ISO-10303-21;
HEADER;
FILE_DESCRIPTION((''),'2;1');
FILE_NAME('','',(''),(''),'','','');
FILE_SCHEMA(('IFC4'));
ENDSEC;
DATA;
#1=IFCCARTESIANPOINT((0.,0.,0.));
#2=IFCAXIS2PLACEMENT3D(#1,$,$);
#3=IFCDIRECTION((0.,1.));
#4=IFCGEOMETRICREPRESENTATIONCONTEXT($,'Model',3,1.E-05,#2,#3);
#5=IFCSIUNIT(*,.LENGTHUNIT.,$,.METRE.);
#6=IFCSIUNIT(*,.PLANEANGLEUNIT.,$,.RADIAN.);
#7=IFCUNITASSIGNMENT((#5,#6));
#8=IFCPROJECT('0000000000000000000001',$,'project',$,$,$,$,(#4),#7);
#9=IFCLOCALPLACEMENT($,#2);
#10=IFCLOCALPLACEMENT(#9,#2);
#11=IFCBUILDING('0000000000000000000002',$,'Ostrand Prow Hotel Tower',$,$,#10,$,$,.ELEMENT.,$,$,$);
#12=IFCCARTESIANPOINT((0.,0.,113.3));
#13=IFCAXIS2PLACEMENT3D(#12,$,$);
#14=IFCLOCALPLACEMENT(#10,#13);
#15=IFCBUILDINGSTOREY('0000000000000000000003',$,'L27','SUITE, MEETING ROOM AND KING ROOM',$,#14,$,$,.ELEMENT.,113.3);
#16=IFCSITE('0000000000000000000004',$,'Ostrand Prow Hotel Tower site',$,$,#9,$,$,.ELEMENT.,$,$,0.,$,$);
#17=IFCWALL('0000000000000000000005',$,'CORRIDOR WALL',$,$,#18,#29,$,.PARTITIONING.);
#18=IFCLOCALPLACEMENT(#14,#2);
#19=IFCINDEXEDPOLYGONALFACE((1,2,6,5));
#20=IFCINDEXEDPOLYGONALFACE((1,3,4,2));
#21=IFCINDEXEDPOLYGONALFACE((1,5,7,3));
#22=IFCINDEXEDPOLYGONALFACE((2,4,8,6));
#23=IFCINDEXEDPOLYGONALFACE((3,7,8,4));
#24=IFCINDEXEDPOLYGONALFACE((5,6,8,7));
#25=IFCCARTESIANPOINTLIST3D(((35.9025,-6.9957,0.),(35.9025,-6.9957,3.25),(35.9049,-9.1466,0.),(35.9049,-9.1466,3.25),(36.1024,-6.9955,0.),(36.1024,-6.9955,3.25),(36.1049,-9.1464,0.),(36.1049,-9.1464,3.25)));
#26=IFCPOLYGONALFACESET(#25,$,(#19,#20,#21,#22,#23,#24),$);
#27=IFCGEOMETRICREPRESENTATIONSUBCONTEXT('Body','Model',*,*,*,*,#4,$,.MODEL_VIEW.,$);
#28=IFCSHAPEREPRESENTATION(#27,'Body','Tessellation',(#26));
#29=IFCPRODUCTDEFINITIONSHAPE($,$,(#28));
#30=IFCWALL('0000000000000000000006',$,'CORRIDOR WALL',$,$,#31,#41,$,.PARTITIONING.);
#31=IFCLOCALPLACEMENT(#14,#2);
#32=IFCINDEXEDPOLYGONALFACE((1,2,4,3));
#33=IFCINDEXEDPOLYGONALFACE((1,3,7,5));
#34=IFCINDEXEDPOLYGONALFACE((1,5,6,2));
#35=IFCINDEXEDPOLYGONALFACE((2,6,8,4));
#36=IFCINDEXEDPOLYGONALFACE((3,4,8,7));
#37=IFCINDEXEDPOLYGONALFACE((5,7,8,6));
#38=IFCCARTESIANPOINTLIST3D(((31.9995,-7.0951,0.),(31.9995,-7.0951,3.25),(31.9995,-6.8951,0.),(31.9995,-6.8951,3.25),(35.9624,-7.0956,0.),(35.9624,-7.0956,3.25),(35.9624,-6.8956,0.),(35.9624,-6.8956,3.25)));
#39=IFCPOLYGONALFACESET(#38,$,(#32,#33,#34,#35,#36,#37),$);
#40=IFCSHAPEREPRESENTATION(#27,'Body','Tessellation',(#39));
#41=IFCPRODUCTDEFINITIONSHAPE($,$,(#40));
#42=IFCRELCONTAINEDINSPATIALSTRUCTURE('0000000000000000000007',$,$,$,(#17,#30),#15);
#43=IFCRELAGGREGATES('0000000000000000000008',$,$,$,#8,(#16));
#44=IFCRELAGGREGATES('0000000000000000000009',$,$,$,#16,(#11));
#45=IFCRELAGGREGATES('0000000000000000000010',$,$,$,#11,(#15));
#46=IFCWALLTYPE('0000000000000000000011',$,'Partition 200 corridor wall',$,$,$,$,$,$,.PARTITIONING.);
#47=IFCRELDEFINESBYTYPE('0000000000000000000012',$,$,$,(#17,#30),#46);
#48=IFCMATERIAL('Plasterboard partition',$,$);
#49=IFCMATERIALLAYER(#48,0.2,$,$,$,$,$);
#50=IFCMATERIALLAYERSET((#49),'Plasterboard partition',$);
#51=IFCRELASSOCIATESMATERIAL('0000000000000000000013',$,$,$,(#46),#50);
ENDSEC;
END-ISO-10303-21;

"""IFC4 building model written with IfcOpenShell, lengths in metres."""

from ifc_helpers import new_model, si_unit, direction, frame, frame_2d, origin, place, context, subcontext, project, spatial, rectangle, extrude, material, layer, layer_set, type_object, element, save


model = new_model("IFC4")

# Units and contexts
model_context = context("Model", 3, precision=1e-05, world=origin(), true_north=direction((0.0, 1.0)))
body_context = subcontext(model_context, "Body", "Model", "MODEL_VIEW")
ifc_project = project(units=[si_unit("LENGTHUNIT", "METRE"), si_unit("PLANEANGLEUNIT", "RADIAN")], contexts=[model_context])

# Site, building, storey
site_placement = place(None, origin())
site = spatial("IfcSite", under=ifc_project, at=site_placement, Name="Ostrand Prow Hotel Tower site", CompositionType="ELEMENT", RefElevation=0.0)
building_placement = place(site_placement, origin())
building = spatial("IfcBuilding", under=site, at=building_placement, Name="Ostrand Prow Hotel Tower", CompositionType="ELEMENT")
storey_placement = place(building_placement, frame((0.0, 0.0, 113.3)))
storey = spatial("IfcBuildingStorey", under=building, at=storey_placement, Name="L27", Description="SUITE, MEETING ROOM AND KING ROOM", CompositionType="ELEMENT", Elevation=113.3)

# Shared definitions
ifc_material_1 = material(Name="Plasterboard partition")
ifc_layer_1 = layer(ifc_material_1, 0.2)
ifc_layer_set_1 = layer_set([ifc_layer_1], Name="Plasterboard partition")
wall_type_1 = type_object("IfcWallType", Name="Partition 200 corridor wall", PredefinedType="PARTITIONING", material=ifc_layer_set_1)

# Walls
wall_1_placement = place(storey_placement, frame((36.0049, -9.1465, 0.0), z_axis=(0.0, 0.0, 1.0), x_axis=(-0.001135, 0.999999, 0.0)))
element("IfcWall", 1, at=wall_1_placement, inside=storey, type_object=wall_type_1, Name="CORRIDOR WALL", PredefinedType="PARTITIONING", context=body_context, shape_type="SweptSolid", body=[
    extrude(rectangle(XDim=2.1509, YDim=0.2, at=frame_2d((1.0754, 0.0))), origin(), (0.0, 0.0, 1.0), 3.25),
])
wall_2_placement = place(storey_placement, frame((35.9624, -6.9956, 0.0), z_axis=(0.0, 0.0, 1.0), x_axis=(-1.0, 0.000123, 0.0)))
element("IfcWall", 2, at=wall_2_placement, inside=storey, type_object=wall_type_1, Name="CORRIDOR WALL", PredefinedType="PARTITIONING", context=body_context, shape_type="SweptSolid", body=[
    extrude(rectangle(XDim=3.9629, YDim=0.2, at=frame_2d((1.9814, 0.0))), origin(), (0.0, 0.0, 1.0), 3.25),
])

save(model, "model.ifc")
